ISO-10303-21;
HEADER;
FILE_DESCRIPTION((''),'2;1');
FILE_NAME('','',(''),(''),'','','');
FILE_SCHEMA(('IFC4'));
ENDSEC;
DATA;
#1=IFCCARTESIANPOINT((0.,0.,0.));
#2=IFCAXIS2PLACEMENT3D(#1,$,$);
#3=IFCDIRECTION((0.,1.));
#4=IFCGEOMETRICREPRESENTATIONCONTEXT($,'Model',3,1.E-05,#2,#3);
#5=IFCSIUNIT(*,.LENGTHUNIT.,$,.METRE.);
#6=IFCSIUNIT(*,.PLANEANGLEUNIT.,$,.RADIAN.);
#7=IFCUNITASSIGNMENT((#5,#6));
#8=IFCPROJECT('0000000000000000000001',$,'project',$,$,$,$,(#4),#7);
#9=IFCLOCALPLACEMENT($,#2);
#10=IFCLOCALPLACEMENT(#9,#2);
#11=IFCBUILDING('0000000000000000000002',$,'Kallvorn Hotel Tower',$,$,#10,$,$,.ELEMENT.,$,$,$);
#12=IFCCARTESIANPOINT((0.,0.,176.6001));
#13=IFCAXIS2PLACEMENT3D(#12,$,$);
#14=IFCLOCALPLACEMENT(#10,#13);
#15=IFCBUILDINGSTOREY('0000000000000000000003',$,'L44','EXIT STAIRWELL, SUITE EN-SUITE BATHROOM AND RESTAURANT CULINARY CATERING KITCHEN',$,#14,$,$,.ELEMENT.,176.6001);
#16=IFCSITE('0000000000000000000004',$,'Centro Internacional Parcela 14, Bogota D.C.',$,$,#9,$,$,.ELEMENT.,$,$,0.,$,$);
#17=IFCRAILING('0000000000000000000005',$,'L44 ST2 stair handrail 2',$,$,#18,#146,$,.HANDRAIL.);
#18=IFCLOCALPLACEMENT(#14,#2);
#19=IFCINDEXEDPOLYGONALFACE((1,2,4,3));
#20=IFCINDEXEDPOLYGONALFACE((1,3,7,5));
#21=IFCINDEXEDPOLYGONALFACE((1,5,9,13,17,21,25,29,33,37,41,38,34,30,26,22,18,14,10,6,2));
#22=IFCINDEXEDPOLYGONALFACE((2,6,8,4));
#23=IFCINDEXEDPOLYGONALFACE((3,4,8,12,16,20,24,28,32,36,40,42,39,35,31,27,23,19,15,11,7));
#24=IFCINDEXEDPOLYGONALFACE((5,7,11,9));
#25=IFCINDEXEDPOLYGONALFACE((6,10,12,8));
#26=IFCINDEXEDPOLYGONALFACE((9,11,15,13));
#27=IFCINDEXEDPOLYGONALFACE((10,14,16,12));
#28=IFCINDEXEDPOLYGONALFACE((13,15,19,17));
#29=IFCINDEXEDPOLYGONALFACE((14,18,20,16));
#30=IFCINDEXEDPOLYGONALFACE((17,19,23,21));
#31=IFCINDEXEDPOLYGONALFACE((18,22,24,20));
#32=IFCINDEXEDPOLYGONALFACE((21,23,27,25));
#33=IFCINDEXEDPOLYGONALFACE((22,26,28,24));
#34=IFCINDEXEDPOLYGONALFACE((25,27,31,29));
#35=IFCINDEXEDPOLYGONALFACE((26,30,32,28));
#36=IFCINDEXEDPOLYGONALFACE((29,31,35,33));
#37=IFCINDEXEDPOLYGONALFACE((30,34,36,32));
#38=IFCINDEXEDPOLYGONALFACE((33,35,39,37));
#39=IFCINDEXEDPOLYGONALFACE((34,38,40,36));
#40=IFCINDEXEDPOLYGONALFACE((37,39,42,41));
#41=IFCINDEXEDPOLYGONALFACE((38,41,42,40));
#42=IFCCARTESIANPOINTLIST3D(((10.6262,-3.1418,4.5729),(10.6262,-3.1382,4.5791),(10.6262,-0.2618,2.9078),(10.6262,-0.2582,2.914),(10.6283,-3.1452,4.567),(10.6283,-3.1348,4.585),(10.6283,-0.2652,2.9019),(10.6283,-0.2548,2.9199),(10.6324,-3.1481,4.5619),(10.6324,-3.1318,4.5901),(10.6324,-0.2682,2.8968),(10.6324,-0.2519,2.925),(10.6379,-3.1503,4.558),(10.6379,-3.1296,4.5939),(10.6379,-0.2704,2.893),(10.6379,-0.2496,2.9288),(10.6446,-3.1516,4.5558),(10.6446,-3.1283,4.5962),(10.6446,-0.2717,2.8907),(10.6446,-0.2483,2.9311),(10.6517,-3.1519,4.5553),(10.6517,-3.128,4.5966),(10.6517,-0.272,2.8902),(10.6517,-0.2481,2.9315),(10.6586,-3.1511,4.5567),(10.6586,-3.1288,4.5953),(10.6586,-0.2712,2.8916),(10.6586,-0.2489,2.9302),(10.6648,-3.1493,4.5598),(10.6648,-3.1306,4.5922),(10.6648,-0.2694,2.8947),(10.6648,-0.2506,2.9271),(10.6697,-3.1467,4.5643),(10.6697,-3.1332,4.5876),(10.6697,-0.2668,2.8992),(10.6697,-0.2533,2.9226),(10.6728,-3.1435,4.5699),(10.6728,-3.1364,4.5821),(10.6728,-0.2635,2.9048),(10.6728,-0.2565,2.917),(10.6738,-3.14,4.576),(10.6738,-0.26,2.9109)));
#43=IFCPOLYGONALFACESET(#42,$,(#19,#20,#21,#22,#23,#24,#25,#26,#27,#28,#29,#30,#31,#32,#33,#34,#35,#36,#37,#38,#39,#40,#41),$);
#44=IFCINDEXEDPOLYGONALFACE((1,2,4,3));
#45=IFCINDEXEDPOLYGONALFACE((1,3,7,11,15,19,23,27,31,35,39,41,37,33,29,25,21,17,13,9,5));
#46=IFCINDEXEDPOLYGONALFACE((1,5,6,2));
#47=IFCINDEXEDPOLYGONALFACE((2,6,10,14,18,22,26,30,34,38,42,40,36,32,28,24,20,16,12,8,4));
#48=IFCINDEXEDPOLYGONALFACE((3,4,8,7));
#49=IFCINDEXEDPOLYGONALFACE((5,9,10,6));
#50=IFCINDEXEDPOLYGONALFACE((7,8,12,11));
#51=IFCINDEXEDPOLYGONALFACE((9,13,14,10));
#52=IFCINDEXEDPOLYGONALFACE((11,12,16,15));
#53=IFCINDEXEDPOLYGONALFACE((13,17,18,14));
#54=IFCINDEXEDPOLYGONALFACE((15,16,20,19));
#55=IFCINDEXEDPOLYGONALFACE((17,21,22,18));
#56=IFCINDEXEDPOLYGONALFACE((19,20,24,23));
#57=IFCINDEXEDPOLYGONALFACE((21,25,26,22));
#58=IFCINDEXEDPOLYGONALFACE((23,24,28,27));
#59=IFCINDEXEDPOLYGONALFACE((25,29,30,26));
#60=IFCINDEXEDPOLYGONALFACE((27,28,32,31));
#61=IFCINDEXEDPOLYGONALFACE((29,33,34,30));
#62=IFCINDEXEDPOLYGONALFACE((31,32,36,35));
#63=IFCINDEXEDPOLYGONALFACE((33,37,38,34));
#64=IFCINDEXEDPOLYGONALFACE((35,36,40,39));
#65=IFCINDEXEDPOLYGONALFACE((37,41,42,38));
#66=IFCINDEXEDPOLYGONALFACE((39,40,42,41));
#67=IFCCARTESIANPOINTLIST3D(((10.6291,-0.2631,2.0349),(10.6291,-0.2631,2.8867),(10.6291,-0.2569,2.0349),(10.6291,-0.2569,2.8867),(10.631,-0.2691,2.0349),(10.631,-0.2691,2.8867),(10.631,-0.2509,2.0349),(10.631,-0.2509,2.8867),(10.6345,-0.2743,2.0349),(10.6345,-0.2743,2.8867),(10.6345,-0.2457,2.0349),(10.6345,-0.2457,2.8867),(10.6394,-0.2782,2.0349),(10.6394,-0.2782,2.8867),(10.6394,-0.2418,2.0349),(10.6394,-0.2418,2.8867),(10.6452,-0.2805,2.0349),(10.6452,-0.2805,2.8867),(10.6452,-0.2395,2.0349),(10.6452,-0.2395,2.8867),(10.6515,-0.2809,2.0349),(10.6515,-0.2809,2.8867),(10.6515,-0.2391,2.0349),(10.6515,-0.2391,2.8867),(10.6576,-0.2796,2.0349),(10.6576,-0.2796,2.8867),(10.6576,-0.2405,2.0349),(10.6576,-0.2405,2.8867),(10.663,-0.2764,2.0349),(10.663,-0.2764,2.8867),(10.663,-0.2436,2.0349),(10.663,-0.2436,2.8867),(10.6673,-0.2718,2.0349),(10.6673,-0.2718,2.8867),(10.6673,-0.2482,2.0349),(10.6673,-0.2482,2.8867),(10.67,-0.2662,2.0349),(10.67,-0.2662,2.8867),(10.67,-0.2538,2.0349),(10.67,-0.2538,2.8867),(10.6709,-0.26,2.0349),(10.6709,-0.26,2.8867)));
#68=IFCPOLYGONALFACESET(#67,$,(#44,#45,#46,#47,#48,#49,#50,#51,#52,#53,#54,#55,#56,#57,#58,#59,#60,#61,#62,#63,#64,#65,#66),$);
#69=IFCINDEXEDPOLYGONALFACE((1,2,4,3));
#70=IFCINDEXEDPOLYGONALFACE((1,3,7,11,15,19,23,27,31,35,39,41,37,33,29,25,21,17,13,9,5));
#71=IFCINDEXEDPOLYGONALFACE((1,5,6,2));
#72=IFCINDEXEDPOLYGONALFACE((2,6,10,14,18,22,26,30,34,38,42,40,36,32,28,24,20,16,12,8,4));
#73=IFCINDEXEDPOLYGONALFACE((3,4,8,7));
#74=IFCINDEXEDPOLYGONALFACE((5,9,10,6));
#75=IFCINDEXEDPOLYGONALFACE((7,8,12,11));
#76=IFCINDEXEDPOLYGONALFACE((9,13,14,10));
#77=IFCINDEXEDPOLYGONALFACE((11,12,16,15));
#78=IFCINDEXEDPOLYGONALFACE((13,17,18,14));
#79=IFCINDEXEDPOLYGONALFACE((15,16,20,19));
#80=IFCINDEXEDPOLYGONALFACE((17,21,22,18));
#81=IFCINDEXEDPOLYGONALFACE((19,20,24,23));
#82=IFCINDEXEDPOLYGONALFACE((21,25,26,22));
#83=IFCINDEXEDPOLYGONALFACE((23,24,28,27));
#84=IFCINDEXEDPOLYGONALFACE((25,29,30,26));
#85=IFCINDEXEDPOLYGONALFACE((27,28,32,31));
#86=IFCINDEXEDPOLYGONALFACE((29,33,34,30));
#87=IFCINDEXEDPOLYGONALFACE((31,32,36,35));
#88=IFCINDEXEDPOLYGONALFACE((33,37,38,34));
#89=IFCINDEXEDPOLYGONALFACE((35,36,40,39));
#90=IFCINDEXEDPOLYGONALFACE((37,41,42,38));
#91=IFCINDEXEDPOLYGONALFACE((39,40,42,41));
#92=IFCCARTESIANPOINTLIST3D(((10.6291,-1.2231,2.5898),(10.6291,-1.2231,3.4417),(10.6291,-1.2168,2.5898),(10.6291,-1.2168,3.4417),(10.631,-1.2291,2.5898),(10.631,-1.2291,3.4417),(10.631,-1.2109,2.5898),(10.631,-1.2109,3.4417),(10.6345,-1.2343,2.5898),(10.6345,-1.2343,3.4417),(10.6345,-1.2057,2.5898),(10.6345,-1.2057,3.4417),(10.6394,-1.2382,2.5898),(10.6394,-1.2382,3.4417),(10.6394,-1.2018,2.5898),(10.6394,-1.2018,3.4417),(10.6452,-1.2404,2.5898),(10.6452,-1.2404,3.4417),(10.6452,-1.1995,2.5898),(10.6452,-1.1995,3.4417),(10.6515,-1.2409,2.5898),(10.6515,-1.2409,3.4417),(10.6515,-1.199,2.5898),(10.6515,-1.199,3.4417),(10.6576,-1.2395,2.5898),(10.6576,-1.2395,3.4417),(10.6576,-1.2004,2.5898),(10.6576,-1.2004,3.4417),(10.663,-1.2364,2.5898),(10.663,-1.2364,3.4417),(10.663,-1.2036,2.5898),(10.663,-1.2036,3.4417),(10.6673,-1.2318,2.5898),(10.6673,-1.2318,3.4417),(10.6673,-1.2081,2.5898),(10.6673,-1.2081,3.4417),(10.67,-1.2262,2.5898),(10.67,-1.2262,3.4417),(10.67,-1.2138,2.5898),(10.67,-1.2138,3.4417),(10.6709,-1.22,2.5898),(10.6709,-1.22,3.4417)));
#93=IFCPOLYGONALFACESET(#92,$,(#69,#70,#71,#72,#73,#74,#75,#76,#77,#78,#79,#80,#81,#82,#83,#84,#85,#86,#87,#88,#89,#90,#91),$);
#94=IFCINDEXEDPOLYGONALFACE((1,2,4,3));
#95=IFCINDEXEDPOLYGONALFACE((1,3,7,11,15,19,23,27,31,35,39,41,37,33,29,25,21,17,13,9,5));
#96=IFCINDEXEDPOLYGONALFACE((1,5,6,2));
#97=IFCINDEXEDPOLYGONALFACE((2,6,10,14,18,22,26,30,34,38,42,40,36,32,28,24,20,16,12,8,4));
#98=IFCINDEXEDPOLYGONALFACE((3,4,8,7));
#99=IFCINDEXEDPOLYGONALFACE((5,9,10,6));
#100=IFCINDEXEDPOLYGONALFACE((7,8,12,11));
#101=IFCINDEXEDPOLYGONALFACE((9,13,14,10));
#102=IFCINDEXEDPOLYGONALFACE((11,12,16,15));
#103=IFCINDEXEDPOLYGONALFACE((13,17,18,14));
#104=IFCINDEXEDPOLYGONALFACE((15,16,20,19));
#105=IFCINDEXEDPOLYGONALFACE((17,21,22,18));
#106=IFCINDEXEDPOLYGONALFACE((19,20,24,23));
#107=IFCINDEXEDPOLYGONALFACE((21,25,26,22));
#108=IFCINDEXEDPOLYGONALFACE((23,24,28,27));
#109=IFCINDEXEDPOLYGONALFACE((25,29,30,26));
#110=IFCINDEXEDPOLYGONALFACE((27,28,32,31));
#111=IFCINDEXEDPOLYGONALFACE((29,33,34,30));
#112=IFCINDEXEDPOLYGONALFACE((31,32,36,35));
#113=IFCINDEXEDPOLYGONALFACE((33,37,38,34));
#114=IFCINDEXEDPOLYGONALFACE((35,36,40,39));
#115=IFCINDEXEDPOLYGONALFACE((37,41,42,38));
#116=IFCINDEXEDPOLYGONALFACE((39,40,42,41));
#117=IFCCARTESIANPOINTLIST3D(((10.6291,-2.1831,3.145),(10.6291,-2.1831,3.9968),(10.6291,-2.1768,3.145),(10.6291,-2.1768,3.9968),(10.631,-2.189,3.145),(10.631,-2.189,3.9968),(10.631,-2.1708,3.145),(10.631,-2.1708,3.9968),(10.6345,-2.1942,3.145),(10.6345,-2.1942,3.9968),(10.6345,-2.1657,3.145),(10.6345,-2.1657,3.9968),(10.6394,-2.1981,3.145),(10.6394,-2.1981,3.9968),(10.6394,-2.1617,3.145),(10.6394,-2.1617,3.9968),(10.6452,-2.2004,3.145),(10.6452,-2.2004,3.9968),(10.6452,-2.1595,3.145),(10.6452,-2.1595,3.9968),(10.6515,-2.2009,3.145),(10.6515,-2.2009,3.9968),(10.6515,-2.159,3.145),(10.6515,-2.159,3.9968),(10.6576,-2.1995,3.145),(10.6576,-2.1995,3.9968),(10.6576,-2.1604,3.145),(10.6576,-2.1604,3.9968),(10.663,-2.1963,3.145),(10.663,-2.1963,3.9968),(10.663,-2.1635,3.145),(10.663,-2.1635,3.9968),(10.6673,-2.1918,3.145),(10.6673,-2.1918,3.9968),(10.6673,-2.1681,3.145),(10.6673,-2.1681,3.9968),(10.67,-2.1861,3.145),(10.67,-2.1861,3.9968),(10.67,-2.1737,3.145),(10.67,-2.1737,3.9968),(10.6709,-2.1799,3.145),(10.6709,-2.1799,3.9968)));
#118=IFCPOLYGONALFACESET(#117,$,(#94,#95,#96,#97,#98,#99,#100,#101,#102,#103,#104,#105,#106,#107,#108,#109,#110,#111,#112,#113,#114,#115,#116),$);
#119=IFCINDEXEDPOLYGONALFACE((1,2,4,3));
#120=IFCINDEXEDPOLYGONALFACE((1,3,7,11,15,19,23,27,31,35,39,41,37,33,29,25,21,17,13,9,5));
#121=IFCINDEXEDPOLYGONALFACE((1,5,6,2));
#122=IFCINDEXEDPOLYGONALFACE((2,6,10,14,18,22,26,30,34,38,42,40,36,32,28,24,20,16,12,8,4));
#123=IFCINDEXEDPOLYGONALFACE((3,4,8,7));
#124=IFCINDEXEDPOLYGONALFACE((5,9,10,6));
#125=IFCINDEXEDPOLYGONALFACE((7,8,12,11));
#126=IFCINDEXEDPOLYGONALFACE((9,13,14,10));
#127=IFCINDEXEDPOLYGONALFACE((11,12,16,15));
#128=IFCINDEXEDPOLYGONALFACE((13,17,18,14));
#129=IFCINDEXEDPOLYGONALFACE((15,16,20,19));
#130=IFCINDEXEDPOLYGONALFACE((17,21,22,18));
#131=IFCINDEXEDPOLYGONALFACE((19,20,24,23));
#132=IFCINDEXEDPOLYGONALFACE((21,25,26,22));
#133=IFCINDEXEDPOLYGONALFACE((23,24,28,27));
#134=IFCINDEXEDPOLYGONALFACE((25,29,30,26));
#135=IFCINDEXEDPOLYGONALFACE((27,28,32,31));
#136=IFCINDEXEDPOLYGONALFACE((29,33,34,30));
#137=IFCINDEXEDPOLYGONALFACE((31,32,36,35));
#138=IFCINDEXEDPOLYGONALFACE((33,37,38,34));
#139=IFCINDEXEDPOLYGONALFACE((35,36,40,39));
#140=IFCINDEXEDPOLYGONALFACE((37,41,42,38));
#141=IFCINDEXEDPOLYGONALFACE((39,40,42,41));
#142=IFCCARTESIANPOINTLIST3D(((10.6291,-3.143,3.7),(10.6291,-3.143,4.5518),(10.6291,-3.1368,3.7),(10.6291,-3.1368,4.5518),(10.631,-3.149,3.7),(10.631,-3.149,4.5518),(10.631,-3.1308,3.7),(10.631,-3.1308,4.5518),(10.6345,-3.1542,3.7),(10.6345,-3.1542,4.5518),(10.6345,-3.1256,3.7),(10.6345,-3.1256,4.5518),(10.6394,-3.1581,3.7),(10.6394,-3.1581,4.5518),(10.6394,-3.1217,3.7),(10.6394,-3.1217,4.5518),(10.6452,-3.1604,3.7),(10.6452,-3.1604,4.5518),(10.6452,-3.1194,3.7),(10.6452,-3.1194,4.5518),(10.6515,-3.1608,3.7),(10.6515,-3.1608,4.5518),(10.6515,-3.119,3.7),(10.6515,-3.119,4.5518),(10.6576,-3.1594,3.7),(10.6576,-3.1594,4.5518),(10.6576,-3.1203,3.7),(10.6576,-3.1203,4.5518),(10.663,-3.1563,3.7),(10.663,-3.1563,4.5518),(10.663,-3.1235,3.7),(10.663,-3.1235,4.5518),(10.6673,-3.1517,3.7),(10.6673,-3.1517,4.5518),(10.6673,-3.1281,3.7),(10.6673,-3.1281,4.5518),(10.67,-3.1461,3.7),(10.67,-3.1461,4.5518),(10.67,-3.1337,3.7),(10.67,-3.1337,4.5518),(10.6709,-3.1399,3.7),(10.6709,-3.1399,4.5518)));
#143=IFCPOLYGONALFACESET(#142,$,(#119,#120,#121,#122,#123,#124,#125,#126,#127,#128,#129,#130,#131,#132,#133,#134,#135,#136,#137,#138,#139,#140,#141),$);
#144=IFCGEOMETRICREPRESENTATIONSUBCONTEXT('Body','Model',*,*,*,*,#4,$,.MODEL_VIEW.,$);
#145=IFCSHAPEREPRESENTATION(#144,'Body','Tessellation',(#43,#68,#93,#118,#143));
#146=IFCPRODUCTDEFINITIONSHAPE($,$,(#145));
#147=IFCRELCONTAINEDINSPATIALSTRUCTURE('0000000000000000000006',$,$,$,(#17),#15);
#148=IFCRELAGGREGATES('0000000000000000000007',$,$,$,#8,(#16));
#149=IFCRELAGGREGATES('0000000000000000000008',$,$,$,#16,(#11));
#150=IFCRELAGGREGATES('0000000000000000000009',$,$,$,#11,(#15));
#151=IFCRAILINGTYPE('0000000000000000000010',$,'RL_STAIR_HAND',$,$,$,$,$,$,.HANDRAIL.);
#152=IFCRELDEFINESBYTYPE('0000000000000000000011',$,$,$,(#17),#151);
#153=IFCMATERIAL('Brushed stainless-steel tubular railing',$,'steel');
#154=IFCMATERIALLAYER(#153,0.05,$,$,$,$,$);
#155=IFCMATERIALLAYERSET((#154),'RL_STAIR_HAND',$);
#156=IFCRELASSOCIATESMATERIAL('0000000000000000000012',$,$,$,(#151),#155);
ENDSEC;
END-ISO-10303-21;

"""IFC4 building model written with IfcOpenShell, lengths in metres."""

from ifc_helpers import new_model, si_unit, direction, frame, origin, origin_2d, place, context, subcontext, project, spatial, circle, extrude, material, layer, layer_set, type_object, element, save


model = new_model("IFC4")

# Units and contexts
model_context = context("Model", 3, precision=1e-05, world=origin(), true_north=direction((0.0, 1.0)))
body_context = subcontext(model_context, "Body", "Model", "MODEL_VIEW")
ifc_project = project(units=[si_unit("LENGTHUNIT", "METRE"), si_unit("PLANEANGLEUNIT", "RADIAN")], contexts=[model_context])

# Site, building, storey
site_placement = place(None, origin())
site = spatial("IfcSite", under=ifc_project, at=site_placement, Name="Centro Internacional Parcela 14, Bogota D.C.", CompositionType="ELEMENT", RefElevation=0.0)
building_placement = place(site_placement, origin())
building = spatial("IfcBuilding", under=site, at=building_placement, Name="Kallvorn Hotel Tower", CompositionType="ELEMENT")
storey_placement = place(building_placement, frame((0.0, 0.0, 176.6001)))
storey = spatial("IfcBuildingStorey", under=building, at=storey_placement, Name="L44", Description="EXIT STAIRWELL, SUITE EN-SUITE BATHROOM AND RESTAURANT CULINARY CATERING KITCHEN", CompositionType="ELEMENT", Elevation=176.6001)

# Railing
ifc_material_1 = material(Name="Brushed stainless-steel tubular railing", Category="steel")
ifc_layer_1 = layer(ifc_material_1, 0.05)
ifc_layer_set_1 = layer_set([ifc_layer_1], Name="RL_STAIR_HAND")
railing_type_1 = type_object("IfcRailingType", Name="RL_STAIR_HAND", PredefinedType="HANDRAIL", material=ifc_layer_set_1)
railing_1_placement = place(storey_placement, frame((10.6499, -0.26, 2.0349)))
element("IfcRailing", 1, at=railing_1_placement, inside=storey, type_object=railing_type_1, Name="L44 ST2 stair handrail 2", PredefinedType="HANDRAIL", context=body_context, shape_type="SweptSolid", body=[
    extrude(circle(Radius=0.0239, at=origin_2d()), frame((0.0, 0.0, 0.876), z_axis=(0.0, -0.865721, 0.500527), x_axis=(1.0, 0.0, 0.0)), (0.0, 0.0, 1.0), 3.3267),
    extrude(circle(Radius=0.021, at=origin_2d()), origin(), (0.0, 0.0, 1.0), 0.8518),
    extrude(circle(Radius=0.021, at=origin_2d()), frame((0.0, -0.96, 0.5549)), (0.0, 0.0, 1.0), 0.8518),
    extrude(circle(Radius=0.021, at=origin_2d()), frame((0.0, -1.9199, 1.1101)), (0.0, 0.0, 1.0), 0.8518),
    extrude(circle(Radius=0.021, at=origin_2d()), frame((0.0, -2.8799, 1.665)), (0.0, 0.0, 1.0), 0.8518),
])

save(model, "model.ifc")
